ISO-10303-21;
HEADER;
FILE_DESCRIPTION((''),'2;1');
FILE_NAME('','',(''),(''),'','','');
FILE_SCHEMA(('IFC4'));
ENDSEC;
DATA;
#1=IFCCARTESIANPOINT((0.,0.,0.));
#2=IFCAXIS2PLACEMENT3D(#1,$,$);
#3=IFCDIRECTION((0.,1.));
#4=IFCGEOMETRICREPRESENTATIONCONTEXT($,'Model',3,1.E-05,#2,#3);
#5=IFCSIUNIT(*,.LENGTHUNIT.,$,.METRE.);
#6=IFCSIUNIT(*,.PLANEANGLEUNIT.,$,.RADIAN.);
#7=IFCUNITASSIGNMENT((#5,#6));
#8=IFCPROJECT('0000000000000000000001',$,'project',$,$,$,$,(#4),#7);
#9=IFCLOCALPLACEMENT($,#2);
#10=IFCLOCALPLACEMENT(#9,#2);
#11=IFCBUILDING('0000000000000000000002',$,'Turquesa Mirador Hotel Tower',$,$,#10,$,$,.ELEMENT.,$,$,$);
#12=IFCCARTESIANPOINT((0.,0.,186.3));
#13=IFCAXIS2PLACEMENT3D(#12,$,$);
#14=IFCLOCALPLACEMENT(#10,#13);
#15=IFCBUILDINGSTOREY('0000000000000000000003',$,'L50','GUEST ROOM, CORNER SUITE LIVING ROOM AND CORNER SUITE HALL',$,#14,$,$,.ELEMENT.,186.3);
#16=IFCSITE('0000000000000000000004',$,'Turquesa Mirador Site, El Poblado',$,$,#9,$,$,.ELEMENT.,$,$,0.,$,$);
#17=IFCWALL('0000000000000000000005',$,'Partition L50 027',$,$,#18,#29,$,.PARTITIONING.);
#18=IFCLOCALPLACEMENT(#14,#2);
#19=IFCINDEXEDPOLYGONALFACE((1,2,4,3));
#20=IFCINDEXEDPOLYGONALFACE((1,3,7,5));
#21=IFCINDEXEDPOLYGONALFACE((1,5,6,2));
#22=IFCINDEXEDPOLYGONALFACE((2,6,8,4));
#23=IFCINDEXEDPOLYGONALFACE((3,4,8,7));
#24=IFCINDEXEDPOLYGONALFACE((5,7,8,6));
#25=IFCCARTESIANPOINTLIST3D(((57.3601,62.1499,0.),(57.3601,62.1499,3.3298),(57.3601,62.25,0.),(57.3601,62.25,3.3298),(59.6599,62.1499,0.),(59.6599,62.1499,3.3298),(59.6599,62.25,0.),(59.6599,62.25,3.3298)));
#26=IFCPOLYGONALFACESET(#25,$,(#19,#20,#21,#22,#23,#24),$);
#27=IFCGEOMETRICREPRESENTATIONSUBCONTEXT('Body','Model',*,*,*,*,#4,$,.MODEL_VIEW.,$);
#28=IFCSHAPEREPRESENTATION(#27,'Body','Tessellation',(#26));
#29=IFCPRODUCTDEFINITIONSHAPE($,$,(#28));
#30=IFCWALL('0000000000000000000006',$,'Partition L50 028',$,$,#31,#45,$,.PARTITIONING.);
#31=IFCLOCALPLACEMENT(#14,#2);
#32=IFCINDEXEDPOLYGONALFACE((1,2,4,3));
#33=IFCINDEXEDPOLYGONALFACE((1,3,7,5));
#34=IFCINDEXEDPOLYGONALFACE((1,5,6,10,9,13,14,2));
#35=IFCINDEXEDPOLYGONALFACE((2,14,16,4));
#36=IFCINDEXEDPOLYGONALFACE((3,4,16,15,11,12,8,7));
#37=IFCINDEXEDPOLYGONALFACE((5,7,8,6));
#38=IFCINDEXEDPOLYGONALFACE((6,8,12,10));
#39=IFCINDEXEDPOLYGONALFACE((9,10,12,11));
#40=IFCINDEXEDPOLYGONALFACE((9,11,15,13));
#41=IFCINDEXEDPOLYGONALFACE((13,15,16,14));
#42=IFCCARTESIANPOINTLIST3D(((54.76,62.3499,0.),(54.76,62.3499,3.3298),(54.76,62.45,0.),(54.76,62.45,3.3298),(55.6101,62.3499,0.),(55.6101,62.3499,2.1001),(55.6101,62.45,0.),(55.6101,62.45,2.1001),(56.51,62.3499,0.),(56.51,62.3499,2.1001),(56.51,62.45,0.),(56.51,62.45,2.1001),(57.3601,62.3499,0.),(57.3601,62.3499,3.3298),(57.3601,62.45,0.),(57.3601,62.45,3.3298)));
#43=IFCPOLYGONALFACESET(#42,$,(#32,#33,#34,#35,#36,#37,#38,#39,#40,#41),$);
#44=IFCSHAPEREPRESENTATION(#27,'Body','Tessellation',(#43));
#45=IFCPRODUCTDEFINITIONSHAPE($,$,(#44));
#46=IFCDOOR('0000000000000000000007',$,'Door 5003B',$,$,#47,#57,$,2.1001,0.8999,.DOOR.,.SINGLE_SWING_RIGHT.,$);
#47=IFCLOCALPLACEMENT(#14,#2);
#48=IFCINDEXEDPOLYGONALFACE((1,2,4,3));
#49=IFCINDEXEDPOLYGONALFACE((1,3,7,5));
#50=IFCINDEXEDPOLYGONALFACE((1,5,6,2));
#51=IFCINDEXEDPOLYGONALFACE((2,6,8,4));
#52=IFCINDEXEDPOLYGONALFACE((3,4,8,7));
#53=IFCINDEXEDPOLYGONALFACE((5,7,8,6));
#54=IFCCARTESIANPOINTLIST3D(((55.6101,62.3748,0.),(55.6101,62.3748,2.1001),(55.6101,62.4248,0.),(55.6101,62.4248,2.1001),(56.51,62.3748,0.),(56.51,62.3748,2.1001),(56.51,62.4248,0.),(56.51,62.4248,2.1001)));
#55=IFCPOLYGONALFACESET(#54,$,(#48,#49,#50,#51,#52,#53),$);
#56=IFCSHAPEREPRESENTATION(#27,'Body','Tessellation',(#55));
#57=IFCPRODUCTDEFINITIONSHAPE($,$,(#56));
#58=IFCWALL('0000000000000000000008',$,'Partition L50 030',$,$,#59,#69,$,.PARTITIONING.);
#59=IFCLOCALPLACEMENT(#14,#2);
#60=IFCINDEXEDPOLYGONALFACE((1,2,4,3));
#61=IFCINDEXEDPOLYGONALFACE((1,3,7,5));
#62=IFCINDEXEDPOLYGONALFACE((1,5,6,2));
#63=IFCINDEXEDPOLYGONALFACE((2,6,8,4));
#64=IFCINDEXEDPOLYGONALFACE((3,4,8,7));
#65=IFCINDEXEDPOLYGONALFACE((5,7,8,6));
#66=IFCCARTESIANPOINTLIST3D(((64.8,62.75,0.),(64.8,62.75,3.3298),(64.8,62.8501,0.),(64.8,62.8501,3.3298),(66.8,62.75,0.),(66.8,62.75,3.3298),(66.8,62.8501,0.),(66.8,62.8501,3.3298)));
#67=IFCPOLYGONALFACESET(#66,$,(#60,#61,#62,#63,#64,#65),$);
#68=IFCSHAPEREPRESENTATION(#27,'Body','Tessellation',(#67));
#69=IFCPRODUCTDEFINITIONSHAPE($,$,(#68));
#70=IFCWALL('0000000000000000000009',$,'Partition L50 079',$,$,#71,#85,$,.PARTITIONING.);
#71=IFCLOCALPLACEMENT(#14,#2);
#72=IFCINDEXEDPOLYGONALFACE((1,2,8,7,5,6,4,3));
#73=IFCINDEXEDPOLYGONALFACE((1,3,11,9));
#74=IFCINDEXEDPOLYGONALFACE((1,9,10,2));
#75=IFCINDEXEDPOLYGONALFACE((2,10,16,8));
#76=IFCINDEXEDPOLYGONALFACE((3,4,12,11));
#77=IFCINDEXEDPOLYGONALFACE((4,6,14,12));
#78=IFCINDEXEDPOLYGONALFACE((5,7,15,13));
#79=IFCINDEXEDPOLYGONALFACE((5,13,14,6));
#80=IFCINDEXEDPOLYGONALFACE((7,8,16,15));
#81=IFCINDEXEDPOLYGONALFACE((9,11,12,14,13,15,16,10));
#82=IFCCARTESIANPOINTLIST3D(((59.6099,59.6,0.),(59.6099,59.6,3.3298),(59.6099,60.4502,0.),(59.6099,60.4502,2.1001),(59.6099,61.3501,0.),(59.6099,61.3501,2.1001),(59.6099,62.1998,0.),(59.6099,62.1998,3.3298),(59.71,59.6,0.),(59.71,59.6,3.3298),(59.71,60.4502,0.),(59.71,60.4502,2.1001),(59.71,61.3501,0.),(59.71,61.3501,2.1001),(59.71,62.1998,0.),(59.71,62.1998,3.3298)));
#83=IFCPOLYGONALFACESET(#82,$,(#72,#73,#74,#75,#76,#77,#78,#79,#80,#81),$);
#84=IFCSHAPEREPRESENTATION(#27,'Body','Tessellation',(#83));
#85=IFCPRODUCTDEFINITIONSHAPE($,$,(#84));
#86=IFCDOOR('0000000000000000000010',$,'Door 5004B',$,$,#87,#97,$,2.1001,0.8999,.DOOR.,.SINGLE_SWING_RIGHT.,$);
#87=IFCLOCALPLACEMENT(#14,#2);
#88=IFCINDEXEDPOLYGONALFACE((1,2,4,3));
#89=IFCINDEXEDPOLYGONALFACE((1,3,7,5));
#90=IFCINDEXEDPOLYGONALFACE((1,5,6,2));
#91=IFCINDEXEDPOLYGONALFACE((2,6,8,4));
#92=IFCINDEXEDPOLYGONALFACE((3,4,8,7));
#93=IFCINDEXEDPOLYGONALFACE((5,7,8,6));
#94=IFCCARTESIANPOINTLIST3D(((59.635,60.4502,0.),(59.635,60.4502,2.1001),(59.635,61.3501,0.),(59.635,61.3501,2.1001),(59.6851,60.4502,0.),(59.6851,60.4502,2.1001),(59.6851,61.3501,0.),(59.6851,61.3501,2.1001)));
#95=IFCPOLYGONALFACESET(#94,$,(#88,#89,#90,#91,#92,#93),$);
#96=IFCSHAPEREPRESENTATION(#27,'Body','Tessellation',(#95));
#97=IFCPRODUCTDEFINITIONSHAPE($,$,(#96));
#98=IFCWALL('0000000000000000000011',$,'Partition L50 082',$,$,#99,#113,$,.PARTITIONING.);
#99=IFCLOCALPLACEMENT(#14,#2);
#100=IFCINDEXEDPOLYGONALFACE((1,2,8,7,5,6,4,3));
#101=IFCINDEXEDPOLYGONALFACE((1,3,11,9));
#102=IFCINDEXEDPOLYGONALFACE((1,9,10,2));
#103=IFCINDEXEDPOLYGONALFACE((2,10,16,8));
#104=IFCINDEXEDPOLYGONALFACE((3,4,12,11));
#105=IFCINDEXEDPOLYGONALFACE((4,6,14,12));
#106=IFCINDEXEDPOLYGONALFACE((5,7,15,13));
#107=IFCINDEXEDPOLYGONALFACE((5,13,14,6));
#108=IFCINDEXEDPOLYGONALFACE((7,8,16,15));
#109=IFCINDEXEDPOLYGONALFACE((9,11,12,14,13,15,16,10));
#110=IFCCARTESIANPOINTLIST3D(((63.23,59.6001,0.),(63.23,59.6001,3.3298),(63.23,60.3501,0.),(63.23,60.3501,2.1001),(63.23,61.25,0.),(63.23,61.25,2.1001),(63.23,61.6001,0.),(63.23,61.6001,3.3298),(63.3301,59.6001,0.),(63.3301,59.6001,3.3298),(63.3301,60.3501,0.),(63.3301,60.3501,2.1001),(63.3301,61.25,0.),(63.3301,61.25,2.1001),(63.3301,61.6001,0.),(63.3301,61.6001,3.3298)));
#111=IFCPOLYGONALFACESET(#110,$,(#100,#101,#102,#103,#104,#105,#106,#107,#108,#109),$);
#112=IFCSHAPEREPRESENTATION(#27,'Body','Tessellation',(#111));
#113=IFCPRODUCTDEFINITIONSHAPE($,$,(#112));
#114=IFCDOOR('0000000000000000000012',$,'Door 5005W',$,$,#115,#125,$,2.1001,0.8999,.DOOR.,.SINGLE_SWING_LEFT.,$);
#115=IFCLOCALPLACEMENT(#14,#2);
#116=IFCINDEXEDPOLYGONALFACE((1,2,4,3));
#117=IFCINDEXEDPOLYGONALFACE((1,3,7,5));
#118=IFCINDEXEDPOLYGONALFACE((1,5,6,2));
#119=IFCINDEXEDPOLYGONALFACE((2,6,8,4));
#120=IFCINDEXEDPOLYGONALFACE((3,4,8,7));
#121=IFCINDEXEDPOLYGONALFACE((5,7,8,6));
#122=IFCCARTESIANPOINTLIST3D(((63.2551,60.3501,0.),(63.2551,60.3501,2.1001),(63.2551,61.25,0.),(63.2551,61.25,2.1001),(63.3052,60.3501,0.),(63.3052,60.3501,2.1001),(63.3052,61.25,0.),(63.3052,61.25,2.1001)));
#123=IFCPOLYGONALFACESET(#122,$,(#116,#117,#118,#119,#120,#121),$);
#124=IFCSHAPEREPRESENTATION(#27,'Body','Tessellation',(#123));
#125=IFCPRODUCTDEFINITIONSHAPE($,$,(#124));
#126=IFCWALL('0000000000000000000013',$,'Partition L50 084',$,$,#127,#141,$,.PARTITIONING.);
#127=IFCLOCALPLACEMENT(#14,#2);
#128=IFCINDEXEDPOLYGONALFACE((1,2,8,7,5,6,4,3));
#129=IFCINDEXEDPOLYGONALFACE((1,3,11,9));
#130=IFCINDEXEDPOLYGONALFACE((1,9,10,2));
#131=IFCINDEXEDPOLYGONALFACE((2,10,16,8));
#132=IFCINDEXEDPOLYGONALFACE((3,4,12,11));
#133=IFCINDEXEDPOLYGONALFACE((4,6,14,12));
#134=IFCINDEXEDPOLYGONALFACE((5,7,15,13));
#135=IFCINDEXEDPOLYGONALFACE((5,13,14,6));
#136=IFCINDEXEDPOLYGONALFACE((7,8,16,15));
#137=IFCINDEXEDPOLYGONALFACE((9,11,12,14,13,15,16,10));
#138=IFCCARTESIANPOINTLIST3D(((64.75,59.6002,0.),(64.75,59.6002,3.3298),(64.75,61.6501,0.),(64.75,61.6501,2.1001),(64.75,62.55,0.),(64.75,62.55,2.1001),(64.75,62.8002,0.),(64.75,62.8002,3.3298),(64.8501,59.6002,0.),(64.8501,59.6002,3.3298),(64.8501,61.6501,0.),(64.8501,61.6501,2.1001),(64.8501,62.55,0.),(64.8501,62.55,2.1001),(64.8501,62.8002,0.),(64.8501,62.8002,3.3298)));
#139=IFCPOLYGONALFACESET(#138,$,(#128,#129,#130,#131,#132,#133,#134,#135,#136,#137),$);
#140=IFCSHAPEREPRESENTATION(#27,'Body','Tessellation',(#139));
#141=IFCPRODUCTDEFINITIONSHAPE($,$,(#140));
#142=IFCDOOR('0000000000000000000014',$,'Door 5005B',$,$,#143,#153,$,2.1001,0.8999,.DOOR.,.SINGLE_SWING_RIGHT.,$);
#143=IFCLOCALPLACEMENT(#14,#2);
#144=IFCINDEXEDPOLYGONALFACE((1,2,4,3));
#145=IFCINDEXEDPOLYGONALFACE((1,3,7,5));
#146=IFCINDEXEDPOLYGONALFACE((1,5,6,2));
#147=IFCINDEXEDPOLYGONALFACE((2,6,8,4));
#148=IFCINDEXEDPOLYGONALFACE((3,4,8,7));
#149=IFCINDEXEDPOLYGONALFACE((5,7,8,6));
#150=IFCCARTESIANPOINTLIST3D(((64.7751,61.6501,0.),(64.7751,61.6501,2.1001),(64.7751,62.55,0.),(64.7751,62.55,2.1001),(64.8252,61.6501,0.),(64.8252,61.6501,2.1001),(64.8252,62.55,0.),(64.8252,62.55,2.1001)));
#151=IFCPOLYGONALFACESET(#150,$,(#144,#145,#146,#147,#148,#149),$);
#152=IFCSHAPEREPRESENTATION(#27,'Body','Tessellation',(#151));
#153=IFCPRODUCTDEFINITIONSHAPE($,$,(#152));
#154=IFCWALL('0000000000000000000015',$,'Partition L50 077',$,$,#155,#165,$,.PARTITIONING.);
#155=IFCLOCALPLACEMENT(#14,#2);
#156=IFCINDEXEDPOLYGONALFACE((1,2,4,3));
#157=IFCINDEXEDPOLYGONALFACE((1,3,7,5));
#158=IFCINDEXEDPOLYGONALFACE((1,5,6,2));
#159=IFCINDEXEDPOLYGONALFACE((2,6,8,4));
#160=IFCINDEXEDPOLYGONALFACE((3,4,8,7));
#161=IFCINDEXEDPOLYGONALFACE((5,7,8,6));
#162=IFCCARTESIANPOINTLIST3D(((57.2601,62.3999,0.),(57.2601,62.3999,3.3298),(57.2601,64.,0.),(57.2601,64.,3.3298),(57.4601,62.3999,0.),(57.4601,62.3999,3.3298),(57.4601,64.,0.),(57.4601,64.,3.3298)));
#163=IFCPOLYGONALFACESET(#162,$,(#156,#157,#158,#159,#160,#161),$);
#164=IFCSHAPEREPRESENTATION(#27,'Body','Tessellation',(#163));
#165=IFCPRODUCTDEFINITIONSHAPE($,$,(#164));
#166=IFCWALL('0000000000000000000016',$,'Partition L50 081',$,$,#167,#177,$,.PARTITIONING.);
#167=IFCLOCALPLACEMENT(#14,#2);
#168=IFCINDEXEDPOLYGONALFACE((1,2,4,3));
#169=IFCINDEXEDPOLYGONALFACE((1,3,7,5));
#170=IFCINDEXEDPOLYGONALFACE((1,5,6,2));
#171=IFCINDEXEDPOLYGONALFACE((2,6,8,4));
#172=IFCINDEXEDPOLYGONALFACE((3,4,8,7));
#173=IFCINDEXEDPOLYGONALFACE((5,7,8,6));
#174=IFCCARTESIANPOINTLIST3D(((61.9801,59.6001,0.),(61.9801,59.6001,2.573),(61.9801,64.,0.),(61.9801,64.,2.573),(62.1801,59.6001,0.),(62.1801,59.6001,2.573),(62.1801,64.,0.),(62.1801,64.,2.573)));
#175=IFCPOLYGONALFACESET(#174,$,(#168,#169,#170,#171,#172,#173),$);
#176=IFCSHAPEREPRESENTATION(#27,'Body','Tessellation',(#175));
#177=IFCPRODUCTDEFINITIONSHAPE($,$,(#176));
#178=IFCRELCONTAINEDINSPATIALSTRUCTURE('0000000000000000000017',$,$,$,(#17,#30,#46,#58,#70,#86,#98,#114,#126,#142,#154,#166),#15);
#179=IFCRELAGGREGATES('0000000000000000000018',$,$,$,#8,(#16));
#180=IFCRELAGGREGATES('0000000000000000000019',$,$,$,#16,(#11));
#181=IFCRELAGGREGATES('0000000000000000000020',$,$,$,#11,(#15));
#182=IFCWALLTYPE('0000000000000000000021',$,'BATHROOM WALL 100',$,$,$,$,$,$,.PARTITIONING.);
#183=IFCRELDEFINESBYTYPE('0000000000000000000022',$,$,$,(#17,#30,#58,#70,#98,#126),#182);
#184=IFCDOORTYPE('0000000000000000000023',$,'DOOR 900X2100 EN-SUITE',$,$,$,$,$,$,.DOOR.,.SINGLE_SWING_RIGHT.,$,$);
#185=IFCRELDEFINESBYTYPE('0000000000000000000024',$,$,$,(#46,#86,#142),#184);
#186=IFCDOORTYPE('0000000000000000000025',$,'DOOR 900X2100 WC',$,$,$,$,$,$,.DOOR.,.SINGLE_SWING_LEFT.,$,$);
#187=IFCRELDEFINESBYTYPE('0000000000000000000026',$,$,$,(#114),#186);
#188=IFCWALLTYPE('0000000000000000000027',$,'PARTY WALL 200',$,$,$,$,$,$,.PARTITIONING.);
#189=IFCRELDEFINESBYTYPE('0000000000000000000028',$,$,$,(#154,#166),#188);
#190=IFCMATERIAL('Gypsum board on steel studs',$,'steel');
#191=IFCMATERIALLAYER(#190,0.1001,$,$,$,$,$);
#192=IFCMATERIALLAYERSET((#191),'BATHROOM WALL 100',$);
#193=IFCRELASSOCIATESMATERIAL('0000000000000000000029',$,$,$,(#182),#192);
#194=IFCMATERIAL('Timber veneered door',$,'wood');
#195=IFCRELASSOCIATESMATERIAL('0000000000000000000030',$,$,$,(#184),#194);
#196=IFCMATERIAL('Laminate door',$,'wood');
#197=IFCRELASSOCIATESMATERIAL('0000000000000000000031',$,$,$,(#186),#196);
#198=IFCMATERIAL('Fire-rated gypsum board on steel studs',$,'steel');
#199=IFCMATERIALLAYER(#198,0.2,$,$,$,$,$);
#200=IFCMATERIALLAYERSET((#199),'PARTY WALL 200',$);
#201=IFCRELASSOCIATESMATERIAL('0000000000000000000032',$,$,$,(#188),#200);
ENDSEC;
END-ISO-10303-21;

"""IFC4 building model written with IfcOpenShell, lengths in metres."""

from ifc_helpers import new_model, si_unit, direction, frame, frame_2d, origin, place, context, subcontext, project, spatial, rectangle, extrude, material, layer, layer_set, type_object, element, fill, save


model = new_model("IFC4")

# Units and contexts
model_context = context("Model", 3, precision=1e-05, world=origin(), true_north=direction((0.0, 1.0)))
body_context = subcontext(model_context, "Body", "Model", "MODEL_VIEW")
ifc_project = project(units=[si_unit("LENGTHUNIT", "METRE"), si_unit("PLANEANGLEUNIT", "RADIAN")], contexts=[model_context])

# Site, building, storey
site_placement = place(None, origin())
site = spatial("IfcSite", under=ifc_project, at=site_placement, Name="Turquesa Mirador Site, El Poblado", CompositionType="ELEMENT", RefElevation=0.0)
building_placement = place(site_placement, origin())
building = spatial("IfcBuilding", under=site, at=building_placement, Name="Turquesa Mirador Hotel Tower", CompositionType="ELEMENT")
storey_placement = place(building_placement, frame((0.0, 0.0, 186.3)))
storey = spatial("IfcBuildingStorey", under=building, at=storey_placement, Name="L50", Description="GUEST ROOM, CORNER SUITE LIVING ROOM AND CORNER SUITE HALL", CompositionType="ELEMENT", Elevation=186.3)

# Wall
ifc_material_1 = material(Name="Gypsum board on steel studs", Category="steel")
ifc_layer_1 = layer(ifc_material_1, 0.1001)
ifc_layer_set_1 = layer_set([ifc_layer_1], Name="BATHROOM WALL 100")
wall_type_1 = type_object("IfcWallType", Name="BATHROOM WALL 100", PredefinedType="PARTITIONING", material=ifc_layer_set_1)
wall_1_placement = place(storey_placement, frame((57.3601, 62.2, 0.0), z_axis=(0.0, 0.0, 1.0), x_axis=(1.0, 0.0, 0.0)))
element("IfcWall", 1, at=wall_1_placement, inside=storey, type_object=wall_type_1, Name="Partition L50 027", PredefinedType="PARTITIONING", context=body_context, shape_type="SweptSolid", body=[
    extrude(rectangle(XDim=2.2998, YDim=0.1001, at=frame_2d((1.1499, 0.0))), origin(), (0.0, 0.0, 1.0), 3.3298),
])

# Wall, opening, door
wall_2_placement = place(storey_placement, frame((54.76, 62.3999, 0.0), z_axis=(0.0, 0.0, 1.0), x_axis=(1.0, 0.0, 0.0)))
wall_2 = element("IfcWall", 2, at=wall_2_placement, inside=storey, type_object=wall_type_1, Name="Partition L50 028", PredefinedType="PARTITIONING", context=body_context, shape_type="SweptSolid", body=[
    extrude(rectangle(XDim=2.6001, YDim=0.1001, at=frame_2d((1.3, 0.0))), origin(), (0.0, 0.0, 1.0), 3.3298),
])
opening_1_placement = place(wall_2_placement, frame((0.8501, 0.0, 0.0)))
opening_1 = element("IfcOpeningElement", 3, at=opening_1_placement, cuts=wall_2, PredefinedType="OPENING", context=body_context, shape_type="SweptSolid", body=[
    extrude(rectangle(XDim=0.8999, YDim=2.1001, at=frame_2d((0.45, 1.05))), frame((0.0, 0.0601, 0.0), z_axis=(0.0, -1.0, 0.0), x_axis=(1.0, 0.0, 0.0)), (0.0, 0.0, 1.0), 0.1201),
])
ifc_material_2 = material(Name="Timber veneered door", Category="wood")
door_type_1 = type_object("IfcDoorType", Name="DOOR 900X2100 EN-SUITE", OperationType="SINGLE_SWING_RIGHT", PredefinedType="DOOR", material=ifc_material_2)
door_1_placement = place(opening_1_placement, origin())
door_1 = element("IfcDoor", 4, at=door_1_placement, inside=storey, type_object=door_type_1, Name="Door 5003B", OperationType="SINGLE_SWING_RIGHT", OverallHeight=2.1001, OverallWidth=0.8999, PredefinedType="DOOR", context=body_context, shape_type="SweptSolid", body=[
    extrude(rectangle(XDim=0.8999, YDim=2.1001, at=frame_2d((0.45, 1.05))), frame((0.0, 0.0249, 0.0), z_axis=(0.0, -1.0, 0.0), x_axis=(1.0, 0.0, 0.0)), (0.0, 0.0, 1.0), 0.05),
])
fill(opening_1, door_1)

# Wall
wall_3_placement = place(storey_placement, frame((64.8, 62.8, 0.0), z_axis=(0.0, 0.0, 1.0), x_axis=(1.0, 0.0, 0.0)))
element("IfcWall", 5, at=wall_3_placement, inside=storey, type_object=wall_type_1, Name="Partition L50 030", PredefinedType="PARTITIONING", context=body_context, shape_type="SweptSolid", body=[
    extrude(rectangle(XDim=2.0, YDim=0.1001, at=frame_2d((1.0, 0.0))), origin(), (0.0, 0.0, 1.0), 3.3298),
])

# Walls, openings, doors
wall_4_placement = place(storey_placement, frame((59.6599, 59.6001, 0.0), z_axis=(0.0, 0.0, 1.0), x_axis=(0.0, 1.0, 0.0)))
wall_4 = element("IfcWall", 6, at=wall_4_placement, inside=storey, type_object=wall_type_1, Name="Partition L50 079", PredefinedType="PARTITIONING", context=body_context, shape_type="SweptSolid", body=[
    extrude(rectangle(XDim=2.5999, YDim=0.1001, at=frame_2d((1.2998, 0.0))), origin(), (0.0, 0.0, 1.0), 3.3298),
])
opening_2_placement = place(wall_4_placement, frame((0.8501, 0.0, 0.0)))
opening_2 = element("IfcOpeningElement", 7, at=opening_2_placement, cuts=wall_4, PredefinedType="OPENING", context=body_context, shape_type="SweptSolid", body=[
    extrude(rectangle(XDim=0.8999, YDim=2.1001, at=frame_2d((0.45, 1.05))), frame((0.0, 0.0601, 0.0), z_axis=(0.0, -1.0, 0.0), x_axis=(1.0, 0.0, 0.0)), (0.0, 0.0, 1.0), 0.1201),
])
door_2_placement = place(opening_2_placement, origin())
door_2 = element("IfcDoor", 8, at=door_2_placement, inside=storey, type_object=door_type_1, Name="Door 5004B", OperationType="SINGLE_SWING_RIGHT", OverallHeight=2.1001, OverallWidth=0.8999, PredefinedType="DOOR", context=body_context, shape_type="SweptSolid", body=[
    extrude(rectangle(XDim=0.8999, YDim=2.1001, at=frame_2d((0.45, 1.05))), frame((0.0, 0.0249, 0.0), z_axis=(0.0, -1.0, 0.0), x_axis=(1.0, 0.0, 0.0)), (0.0, 0.0, 1.0), 0.05),
])
fill(opening_2, door_2)
wall_5_placement = place(storey_placement, frame((63.28, 59.6001, 0.0), z_axis=(0.0, 0.0, 1.0), x_axis=(0.0, 1.0, 0.0)))
wall_5 = element("IfcWall", 9, at=wall_5_placement, inside=storey, type_object=wall_type_1, Name="Partition L50 082", PredefinedType="PARTITIONING", context=body_context, shape_type="SweptSolid", body=[
    extrude(rectangle(XDim=2.0, YDim=0.1001, at=frame_2d((1.0, 0.0))), origin(), (0.0, 0.0, 1.0), 3.3298),
])
opening_3_placement = place(wall_5_placement, frame((0.75, 0.0, 0.0)))
opening_3 = element("IfcOpeningElement", 10, at=opening_3_placement, cuts=wall_5, PredefinedType="OPENING", context=body_context, shape_type="SweptSolid", body=[
    extrude(rectangle(XDim=0.8999, YDim=2.1001, at=frame_2d((0.45, 1.05))), frame((0.0, 0.0601, 0.0), z_axis=(0.0, -1.0, 0.0), x_axis=(1.0, 0.0, 0.0)), (0.0, 0.0, 1.0), 0.1201),
])
ifc_material_3 = material(Name="Laminate door", Category="wood")
door_type_2 = type_object("IfcDoorType", Name="DOOR 900X2100 WC", OperationType="SINGLE_SWING_LEFT", PredefinedType="DOOR", material=ifc_material_3)
door_3_placement = place(opening_3_placement, origin())
door_3 = element("IfcDoor", 11, at=door_3_placement, inside=storey, type_object=door_type_2, Name="Door 5005W", OperationType="SINGLE_SWING_LEFT", OverallHeight=2.1001, OverallWidth=0.8999, PredefinedType="DOOR", context=body_context, shape_type="SweptSolid", body=[
    extrude(rectangle(XDim=0.8999, YDim=2.1001, at=frame_2d((0.45, 1.05))), frame((0.0, 0.0249, 0.0), z_axis=(0.0, -1.0, 0.0), x_axis=(1.0, 0.0, 0.0)), (0.0, 0.0, 1.0), 0.05),
])
fill(opening_3, door_3)
wall_6_placement = place(storey_placement, frame((64.8, 59.6001, 0.0), z_axis=(0.0, 0.0, 1.0), x_axis=(0.0, 1.0, 0.0)))
wall_6 = element("IfcWall", 12, at=wall_6_placement, inside=storey, type_object=wall_type_1, Name="Partition L50 084", PredefinedType="PARTITIONING", context=body_context, shape_type="SweptSolid", body=[
    extrude(rectangle(XDim=3.2, YDim=0.1001, at=frame_2d((1.6001, 0.0))), origin(), (0.0, 0.0, 1.0), 3.3298),
])
opening_4_placement = place(wall_6_placement, frame((2.05, 0.0, 0.0)))
opening_4 = element("IfcOpeningElement", 13, at=opening_4_placement, cuts=wall_6, PredefinedType="OPENING", context=body_context, shape_type="SweptSolid", body=[
    extrude(rectangle(XDim=0.8999, YDim=2.1001, at=frame_2d((0.45, 1.05))), frame((0.0, 0.0601, 0.0), z_axis=(0.0, -1.0, 0.0), x_axis=(1.0, 0.0, 0.0)), (0.0, 0.0, 1.0), 0.1201),
])
door_4_placement = place(opening_4_placement, origin())
door_4 = element("IfcDoor", 14, at=door_4_placement, inside=storey, type_object=door_type_1, Name="Door 5005B", OperationType="SINGLE_SWING_RIGHT", OverallHeight=2.1001, OverallWidth=0.8999, PredefinedType="DOOR", context=body_context, shape_type="SweptSolid", body=[
    extrude(rectangle(XDim=0.8999, YDim=2.1001, at=frame_2d((0.45, 1.05))), frame((0.0, 0.0249, 0.0), z_axis=(0.0, -1.0, 0.0), x_axis=(1.0, 0.0, 0.0)), (0.0, 0.0, 1.0), 0.05),
])
fill(opening_4, door_4)

# Walls
ifc_material_4 = material(Name="Fire-rated gypsum board on steel studs", Category="steel")
ifc_layer_2 = layer(ifc_material_4, 0.2)
ifc_layer_set_2 = layer_set([ifc_layer_2], Name="PARTY WALL 200")
wall_type_2 = type_object("IfcWallType", Name="PARTY WALL 200", PredefinedType="PARTITIONING", material=ifc_layer_set_2)
wall_7_placement = place(storey_placement, frame((57.3601, 62.3999, 0.0), z_axis=(0.0, 0.0, 1.0), x_axis=(0.0, 1.0, 0.0)))
element("IfcWall", 15, at=wall_7_placement, inside=storey, type_object=wall_type_2, Name="Partition L50 077", PredefinedType="PARTITIONING", context=body_context, shape_type="SweptSolid", body=[
    extrude(rectangle(XDim=1.6001, YDim=0.2, at=frame_2d((0.8, 0.0))), origin(), (0.0, 0.0, 1.0), 3.3298),
])
wall_8_placement = place(storey_placement, frame((62.0801, 59.6001, 0.0), z_axis=(0.0, 0.0, 1.0), x_axis=(0.0, 1.0, 0.0)))
element("IfcWall", 16, at=wall_8_placement, inside=storey, type_object=wall_type_2, Name="Partition L50 081", PredefinedType="PARTITIONING", context=body_context, shape_type="SweptSolid", body=[
    extrude(rectangle(XDim=4.3999, YDim=0.2, at=frame_2d((2.2, 0.0))), origin(), (0.0, 0.0, 1.0), 2.573),
])

save(model, "model.ifc")
